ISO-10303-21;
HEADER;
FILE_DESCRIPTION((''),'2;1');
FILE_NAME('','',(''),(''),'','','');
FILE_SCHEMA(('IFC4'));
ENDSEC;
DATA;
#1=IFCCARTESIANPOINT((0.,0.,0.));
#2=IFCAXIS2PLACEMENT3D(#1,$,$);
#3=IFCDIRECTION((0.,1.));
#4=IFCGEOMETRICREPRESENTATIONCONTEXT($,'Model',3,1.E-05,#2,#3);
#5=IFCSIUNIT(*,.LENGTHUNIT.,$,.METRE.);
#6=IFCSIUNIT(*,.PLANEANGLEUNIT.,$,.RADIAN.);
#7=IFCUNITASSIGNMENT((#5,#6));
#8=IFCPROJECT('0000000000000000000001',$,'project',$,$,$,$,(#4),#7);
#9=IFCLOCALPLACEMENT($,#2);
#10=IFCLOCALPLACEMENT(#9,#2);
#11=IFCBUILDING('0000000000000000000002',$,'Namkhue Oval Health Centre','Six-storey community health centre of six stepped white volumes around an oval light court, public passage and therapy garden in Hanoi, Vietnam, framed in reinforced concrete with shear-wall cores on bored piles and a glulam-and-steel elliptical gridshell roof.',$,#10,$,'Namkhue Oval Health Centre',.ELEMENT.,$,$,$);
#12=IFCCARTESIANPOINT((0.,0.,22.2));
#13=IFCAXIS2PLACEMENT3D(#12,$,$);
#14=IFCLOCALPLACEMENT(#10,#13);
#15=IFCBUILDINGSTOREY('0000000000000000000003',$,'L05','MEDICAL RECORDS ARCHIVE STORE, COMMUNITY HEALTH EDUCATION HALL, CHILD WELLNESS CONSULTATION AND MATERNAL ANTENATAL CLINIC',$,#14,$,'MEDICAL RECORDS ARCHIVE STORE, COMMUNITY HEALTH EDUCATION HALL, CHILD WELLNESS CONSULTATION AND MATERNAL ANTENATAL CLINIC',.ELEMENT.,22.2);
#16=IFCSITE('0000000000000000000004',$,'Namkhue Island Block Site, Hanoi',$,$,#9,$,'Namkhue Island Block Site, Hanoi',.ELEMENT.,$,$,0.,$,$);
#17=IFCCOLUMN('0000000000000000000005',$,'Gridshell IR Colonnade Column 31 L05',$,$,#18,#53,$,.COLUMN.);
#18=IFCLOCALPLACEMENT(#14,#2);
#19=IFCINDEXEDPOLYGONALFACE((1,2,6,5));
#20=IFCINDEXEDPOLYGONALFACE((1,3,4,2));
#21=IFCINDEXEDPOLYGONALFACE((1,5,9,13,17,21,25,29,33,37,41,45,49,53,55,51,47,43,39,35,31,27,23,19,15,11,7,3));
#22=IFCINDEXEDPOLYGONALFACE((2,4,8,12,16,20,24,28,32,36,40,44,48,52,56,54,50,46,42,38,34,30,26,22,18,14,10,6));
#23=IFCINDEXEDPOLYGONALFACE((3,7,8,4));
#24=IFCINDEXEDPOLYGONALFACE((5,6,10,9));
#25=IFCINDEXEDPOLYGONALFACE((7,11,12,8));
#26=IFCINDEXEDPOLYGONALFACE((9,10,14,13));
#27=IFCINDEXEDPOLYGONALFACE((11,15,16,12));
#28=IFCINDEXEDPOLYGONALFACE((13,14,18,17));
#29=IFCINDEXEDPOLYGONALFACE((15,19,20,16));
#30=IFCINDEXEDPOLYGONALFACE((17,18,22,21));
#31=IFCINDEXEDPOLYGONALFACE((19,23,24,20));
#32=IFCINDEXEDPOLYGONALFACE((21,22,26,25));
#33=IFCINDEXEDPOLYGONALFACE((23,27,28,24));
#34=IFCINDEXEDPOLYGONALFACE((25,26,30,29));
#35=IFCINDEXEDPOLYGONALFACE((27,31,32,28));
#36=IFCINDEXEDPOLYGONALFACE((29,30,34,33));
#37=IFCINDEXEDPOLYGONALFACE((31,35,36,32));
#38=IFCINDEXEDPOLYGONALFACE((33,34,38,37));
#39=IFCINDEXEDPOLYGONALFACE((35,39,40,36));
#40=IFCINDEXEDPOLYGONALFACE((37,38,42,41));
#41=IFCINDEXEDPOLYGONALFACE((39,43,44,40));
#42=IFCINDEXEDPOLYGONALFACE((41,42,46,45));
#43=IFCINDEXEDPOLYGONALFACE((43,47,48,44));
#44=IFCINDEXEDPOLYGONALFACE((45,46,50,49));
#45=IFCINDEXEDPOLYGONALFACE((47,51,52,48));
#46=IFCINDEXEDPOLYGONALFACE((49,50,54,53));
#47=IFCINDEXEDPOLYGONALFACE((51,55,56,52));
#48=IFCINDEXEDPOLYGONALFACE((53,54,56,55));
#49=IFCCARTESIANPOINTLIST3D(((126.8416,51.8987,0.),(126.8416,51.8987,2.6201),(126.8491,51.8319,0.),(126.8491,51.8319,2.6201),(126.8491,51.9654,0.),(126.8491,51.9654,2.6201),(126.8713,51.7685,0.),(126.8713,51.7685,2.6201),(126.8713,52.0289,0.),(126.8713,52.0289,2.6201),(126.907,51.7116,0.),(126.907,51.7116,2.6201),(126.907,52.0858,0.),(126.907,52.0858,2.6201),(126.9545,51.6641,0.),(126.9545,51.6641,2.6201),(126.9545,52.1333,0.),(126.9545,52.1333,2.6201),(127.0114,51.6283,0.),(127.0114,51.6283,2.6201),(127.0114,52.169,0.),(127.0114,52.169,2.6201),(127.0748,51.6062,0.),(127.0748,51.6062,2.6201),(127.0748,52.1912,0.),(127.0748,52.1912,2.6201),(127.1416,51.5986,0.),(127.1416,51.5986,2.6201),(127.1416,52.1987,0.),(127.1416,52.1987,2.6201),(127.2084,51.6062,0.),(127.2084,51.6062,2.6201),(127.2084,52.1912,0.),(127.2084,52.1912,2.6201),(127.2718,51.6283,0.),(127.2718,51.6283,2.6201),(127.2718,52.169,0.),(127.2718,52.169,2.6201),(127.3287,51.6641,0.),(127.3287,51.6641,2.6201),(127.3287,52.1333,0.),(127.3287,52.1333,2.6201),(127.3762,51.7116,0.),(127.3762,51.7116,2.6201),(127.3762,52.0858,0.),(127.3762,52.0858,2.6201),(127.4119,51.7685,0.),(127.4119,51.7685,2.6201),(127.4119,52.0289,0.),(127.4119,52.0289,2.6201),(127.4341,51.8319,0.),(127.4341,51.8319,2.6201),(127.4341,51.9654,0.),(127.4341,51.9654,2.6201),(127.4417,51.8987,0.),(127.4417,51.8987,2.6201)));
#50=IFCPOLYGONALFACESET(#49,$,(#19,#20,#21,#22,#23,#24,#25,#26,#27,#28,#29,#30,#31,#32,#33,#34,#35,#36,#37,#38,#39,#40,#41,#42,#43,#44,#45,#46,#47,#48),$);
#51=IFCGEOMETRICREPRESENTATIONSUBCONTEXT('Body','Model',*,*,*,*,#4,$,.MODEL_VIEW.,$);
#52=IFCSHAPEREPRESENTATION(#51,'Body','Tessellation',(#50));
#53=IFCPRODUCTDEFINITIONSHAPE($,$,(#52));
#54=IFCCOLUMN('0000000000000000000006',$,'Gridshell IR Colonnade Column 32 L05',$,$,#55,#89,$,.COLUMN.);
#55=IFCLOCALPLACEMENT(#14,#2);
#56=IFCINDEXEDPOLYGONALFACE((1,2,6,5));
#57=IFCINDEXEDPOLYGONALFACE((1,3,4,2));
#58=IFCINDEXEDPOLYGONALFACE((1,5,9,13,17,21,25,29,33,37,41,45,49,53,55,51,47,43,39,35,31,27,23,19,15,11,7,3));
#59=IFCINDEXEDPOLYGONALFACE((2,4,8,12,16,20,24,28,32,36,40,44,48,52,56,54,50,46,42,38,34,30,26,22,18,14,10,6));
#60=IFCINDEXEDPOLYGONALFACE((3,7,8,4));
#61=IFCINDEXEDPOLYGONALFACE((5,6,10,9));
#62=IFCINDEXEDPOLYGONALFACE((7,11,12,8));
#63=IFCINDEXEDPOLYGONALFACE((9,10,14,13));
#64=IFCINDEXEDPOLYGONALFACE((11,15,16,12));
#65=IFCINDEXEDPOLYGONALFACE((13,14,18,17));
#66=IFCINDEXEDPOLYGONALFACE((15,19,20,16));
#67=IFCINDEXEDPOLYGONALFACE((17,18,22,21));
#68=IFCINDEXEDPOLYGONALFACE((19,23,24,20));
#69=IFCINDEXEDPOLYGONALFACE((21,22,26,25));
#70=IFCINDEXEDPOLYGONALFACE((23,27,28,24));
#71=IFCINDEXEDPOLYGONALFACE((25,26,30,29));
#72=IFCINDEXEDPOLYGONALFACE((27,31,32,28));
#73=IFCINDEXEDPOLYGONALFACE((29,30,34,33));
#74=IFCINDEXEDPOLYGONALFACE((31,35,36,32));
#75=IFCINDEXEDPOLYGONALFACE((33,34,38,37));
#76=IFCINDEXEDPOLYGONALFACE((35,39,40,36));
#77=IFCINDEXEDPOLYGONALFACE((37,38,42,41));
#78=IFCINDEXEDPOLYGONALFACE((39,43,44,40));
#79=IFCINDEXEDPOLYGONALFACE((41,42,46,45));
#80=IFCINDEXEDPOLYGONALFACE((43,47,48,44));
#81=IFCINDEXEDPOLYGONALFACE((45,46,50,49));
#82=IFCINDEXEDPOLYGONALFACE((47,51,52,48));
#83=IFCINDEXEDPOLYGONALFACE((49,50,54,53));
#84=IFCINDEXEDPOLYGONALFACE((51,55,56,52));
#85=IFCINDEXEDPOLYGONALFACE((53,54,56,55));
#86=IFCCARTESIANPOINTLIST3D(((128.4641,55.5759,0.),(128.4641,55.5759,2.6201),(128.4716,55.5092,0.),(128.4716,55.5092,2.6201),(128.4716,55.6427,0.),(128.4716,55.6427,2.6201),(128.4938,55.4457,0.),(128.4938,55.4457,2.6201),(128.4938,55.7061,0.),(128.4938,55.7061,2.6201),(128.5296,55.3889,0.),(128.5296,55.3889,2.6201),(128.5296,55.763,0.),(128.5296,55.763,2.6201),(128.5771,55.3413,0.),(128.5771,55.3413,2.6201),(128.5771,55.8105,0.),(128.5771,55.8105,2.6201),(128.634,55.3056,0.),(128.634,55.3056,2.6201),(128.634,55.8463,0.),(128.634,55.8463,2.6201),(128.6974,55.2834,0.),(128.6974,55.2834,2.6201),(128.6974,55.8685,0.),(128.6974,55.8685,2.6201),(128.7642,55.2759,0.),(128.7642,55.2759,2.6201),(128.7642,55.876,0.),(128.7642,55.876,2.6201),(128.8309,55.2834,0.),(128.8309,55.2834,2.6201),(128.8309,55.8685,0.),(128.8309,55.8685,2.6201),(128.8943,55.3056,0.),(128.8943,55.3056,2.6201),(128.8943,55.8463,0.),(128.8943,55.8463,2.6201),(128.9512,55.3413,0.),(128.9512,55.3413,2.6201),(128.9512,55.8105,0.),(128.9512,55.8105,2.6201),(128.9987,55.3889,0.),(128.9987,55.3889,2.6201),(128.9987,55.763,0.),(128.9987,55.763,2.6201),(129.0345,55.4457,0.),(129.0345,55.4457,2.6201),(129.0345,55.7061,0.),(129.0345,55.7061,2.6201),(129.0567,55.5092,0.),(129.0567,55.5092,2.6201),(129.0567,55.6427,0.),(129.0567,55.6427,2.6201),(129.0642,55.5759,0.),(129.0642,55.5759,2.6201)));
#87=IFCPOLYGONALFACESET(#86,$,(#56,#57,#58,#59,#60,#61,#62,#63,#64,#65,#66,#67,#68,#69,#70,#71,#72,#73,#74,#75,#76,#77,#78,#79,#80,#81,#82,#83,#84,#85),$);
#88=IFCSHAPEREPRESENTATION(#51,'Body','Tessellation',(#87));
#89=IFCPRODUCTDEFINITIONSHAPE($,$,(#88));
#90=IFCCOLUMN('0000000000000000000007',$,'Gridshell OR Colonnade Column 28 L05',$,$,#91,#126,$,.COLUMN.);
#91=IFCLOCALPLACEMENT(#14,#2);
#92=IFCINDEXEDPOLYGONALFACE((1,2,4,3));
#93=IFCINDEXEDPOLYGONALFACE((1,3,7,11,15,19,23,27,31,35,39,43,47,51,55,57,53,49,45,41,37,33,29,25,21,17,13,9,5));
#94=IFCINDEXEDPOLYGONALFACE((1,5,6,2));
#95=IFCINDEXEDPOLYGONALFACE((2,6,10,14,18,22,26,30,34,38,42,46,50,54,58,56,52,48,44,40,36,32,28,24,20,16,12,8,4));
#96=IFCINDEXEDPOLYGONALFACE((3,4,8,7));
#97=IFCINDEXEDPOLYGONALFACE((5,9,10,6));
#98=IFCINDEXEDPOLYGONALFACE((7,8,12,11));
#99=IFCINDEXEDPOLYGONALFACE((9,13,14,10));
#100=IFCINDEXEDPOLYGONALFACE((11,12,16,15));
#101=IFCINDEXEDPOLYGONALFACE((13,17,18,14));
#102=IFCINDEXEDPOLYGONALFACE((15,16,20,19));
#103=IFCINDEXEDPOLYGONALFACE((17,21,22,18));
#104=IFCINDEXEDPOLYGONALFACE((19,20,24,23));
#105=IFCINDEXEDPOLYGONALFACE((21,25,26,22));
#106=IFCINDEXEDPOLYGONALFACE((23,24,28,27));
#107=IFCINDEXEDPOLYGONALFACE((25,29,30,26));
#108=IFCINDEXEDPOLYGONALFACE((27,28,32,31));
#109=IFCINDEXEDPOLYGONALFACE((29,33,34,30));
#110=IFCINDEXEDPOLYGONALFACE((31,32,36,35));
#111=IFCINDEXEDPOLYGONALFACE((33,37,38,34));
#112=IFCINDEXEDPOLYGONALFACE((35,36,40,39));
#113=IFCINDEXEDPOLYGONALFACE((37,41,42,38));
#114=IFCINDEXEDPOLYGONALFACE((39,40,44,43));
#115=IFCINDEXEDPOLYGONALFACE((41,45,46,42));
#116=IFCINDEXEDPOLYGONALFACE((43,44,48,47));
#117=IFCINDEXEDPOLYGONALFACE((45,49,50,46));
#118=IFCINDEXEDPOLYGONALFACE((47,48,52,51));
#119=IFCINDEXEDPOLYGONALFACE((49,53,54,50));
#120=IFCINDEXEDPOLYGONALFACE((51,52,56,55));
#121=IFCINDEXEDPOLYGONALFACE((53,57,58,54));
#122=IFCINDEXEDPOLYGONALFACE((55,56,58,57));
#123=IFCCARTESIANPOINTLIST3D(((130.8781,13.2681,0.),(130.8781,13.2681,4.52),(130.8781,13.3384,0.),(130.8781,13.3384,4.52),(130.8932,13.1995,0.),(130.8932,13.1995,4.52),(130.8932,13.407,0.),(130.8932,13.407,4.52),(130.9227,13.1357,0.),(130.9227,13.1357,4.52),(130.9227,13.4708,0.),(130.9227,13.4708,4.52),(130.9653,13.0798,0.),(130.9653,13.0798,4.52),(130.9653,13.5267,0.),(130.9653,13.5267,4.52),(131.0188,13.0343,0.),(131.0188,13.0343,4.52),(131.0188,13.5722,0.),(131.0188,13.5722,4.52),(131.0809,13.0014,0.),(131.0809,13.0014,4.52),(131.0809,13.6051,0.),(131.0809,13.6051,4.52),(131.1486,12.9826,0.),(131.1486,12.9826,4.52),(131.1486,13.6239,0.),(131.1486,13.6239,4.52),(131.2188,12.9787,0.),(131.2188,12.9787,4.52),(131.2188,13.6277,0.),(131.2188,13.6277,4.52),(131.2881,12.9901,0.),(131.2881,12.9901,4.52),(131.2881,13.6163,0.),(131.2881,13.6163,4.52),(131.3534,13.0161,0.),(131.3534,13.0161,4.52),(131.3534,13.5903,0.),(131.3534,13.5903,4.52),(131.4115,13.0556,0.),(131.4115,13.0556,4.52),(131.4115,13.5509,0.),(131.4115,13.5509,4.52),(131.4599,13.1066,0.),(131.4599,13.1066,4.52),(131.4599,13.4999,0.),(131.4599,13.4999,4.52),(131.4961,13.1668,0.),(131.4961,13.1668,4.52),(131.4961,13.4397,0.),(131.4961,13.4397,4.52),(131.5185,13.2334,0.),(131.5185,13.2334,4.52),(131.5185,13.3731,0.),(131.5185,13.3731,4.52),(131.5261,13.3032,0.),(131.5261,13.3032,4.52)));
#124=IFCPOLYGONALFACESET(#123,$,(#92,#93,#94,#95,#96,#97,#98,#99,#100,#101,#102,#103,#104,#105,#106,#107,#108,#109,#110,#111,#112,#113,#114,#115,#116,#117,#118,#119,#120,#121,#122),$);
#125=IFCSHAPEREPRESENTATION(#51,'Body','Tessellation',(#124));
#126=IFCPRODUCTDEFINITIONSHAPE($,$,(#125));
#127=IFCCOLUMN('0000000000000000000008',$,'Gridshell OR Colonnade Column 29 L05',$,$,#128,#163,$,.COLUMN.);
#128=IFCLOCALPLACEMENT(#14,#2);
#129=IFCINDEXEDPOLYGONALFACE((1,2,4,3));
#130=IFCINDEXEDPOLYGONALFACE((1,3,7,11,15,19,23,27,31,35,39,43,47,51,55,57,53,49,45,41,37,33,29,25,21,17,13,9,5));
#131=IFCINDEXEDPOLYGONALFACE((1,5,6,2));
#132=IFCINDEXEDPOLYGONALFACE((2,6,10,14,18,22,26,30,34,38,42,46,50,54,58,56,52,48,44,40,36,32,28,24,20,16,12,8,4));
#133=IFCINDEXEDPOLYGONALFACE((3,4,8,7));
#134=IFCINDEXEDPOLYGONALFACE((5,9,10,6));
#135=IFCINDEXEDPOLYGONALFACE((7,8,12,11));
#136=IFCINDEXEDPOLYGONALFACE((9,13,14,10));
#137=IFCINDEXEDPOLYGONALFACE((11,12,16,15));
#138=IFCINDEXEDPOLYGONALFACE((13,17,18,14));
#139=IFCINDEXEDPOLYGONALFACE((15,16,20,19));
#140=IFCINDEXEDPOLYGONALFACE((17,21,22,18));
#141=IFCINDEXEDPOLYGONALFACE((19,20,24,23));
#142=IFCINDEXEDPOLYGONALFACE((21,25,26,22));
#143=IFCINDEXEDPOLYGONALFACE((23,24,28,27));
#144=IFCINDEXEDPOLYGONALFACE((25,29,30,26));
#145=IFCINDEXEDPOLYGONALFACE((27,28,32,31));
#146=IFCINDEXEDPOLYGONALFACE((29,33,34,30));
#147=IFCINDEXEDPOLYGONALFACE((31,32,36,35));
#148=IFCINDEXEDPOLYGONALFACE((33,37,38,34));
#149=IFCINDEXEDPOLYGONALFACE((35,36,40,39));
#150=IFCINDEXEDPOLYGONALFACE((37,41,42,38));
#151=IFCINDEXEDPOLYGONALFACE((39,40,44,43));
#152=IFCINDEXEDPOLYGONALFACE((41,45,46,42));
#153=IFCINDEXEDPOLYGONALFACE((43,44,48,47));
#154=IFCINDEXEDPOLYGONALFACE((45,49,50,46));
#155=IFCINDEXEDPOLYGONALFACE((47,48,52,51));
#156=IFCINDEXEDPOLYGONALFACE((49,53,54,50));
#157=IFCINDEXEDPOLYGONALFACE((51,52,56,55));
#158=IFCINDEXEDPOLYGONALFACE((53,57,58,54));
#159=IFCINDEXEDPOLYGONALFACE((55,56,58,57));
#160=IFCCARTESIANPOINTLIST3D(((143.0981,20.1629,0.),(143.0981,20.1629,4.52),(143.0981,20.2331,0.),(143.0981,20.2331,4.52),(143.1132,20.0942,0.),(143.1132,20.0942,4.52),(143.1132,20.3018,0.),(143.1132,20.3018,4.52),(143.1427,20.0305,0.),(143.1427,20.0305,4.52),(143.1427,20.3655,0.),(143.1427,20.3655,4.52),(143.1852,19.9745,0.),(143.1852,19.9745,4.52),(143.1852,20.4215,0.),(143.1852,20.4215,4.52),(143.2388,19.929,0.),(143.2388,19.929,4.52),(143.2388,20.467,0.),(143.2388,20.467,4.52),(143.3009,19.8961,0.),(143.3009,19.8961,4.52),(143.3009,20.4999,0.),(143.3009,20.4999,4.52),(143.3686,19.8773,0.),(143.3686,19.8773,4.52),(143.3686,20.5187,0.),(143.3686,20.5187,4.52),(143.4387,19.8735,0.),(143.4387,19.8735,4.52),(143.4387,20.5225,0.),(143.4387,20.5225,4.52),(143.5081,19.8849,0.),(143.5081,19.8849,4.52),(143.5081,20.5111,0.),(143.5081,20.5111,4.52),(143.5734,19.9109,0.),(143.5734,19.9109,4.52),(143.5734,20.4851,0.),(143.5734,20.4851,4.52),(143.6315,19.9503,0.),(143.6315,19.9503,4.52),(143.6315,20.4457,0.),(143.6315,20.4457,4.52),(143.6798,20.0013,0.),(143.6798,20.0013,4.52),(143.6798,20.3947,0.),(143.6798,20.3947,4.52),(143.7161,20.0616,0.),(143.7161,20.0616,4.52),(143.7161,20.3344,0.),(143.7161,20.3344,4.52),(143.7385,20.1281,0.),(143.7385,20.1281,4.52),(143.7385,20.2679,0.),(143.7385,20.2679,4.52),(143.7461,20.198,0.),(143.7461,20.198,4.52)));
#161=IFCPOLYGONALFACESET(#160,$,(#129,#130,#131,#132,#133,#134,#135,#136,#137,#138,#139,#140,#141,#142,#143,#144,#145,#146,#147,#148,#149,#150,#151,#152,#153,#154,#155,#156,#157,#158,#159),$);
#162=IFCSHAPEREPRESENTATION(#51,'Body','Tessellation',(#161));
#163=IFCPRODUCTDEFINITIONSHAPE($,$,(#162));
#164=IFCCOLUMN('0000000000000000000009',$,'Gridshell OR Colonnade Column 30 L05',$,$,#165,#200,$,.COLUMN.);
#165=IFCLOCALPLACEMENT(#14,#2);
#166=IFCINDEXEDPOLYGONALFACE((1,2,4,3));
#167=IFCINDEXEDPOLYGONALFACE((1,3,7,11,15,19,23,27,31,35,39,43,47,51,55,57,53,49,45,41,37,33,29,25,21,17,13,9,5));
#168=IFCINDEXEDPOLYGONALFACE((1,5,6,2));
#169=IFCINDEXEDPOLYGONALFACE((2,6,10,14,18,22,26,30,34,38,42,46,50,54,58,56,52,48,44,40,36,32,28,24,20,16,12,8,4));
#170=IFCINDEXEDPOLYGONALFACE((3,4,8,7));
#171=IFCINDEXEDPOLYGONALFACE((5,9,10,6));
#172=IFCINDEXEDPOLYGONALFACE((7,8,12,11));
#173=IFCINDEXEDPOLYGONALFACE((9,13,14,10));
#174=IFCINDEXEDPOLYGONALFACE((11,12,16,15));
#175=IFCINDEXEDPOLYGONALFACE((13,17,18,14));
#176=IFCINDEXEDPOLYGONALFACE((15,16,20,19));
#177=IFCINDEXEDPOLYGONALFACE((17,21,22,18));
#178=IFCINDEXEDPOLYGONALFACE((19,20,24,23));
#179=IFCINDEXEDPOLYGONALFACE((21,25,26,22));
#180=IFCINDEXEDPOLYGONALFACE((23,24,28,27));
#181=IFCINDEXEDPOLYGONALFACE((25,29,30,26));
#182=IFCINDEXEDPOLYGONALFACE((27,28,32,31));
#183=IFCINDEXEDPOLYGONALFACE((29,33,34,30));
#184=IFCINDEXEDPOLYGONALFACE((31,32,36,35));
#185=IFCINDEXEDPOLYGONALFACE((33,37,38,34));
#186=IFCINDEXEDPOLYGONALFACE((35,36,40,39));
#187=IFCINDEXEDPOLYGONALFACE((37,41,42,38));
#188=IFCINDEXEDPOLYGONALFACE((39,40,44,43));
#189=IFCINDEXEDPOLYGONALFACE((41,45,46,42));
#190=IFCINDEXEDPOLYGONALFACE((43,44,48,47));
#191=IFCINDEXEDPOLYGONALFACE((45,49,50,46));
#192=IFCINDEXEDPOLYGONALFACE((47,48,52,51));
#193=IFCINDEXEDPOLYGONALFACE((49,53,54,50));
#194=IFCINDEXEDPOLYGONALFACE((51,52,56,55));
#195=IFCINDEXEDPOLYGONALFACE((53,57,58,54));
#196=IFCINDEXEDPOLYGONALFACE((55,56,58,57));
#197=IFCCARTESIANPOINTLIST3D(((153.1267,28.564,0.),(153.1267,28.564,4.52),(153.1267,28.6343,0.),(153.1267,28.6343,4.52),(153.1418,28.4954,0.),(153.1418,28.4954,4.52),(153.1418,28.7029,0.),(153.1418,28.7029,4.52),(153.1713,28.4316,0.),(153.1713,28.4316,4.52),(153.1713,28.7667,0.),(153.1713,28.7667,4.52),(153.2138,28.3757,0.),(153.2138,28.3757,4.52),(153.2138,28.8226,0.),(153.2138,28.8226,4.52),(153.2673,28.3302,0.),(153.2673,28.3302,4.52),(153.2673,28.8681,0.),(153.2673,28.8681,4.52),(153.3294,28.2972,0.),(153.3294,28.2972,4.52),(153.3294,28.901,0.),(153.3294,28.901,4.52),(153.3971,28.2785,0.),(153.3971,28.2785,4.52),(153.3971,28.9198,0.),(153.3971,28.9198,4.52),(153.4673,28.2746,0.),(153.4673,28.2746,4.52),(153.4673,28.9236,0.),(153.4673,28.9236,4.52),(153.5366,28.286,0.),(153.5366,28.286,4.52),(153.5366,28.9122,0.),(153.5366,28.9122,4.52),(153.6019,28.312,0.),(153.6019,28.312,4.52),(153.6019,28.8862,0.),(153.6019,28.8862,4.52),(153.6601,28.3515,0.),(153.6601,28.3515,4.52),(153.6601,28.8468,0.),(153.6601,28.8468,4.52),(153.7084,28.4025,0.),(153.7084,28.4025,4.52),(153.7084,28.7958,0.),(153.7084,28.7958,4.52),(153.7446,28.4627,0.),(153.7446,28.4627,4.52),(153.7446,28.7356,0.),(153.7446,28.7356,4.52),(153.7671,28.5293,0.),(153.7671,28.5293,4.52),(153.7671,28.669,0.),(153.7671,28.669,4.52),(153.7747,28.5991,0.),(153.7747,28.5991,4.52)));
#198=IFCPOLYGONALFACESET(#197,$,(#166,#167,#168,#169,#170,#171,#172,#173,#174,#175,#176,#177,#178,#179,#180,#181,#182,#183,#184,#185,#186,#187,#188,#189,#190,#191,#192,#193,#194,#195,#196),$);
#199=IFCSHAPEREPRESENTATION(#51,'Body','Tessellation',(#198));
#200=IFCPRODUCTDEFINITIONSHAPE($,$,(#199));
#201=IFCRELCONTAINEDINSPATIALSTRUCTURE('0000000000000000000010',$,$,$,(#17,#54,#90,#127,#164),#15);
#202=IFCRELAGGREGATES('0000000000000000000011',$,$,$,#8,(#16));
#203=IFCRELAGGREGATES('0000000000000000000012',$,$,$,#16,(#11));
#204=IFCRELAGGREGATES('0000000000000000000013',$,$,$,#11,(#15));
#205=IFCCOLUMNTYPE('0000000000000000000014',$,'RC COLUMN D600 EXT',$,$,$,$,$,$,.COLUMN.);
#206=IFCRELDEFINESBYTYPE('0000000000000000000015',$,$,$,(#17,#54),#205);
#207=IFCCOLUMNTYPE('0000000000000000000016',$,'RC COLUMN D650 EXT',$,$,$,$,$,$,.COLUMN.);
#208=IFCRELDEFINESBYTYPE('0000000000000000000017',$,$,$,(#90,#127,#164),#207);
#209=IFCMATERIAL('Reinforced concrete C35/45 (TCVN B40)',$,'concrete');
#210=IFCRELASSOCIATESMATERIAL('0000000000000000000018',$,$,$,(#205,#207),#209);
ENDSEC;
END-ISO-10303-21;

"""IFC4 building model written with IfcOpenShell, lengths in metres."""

from ifc_helpers import new_model, si_unit, direction, frame, origin, origin_2d, place, context, subcontext, project, spatial, circle, extrude, material, material_profile, profile_set, type_object, element, save


model = new_model("IFC4")

# Units and contexts
model_context = context("Model", 3, precision=1e-05, world=origin(), true_north=direction((0.0, 1.0)))
body_context = subcontext(model_context, "Body", "Model", "MODEL_VIEW")
ifc_project = project(units=[si_unit("LENGTHUNIT", "METRE"), si_unit("PLANEANGLEUNIT", "RADIAN")], contexts=[model_context])

# Site, building, storey
site_placement = place(None, origin())
site = spatial("IfcSite", under=ifc_project, at=site_placement, Name="Namkhue Island Block Site, Hanoi", LongName="Namkhue Island Block Site, Hanoi", CompositionType="ELEMENT", RefElevation=0.0)
building_placement = place(site_placement, origin())
building = spatial("IfcBuilding", under=site, at=building_placement, Name="Namkhue Oval Health Centre", Description="Six-storey community health centre of six stepped white volumes around an oval light court, public passage and therapy garden in Hanoi, Vietnam, framed in reinforced concrete with shear-wall cores on bored piles and a glulam-and-steel elliptical gridshell roof.", LongName="Namkhue Oval Health Centre", CompositionType="ELEMENT")
storey_placement = place(building_placement, frame((0.0, 0.0, 22.2)))
storey = spatial("IfcBuildingStorey", under=building, at=storey_placement, Name="L05", Description="MEDICAL RECORDS ARCHIVE STORE, COMMUNITY HEALTH EDUCATION HALL, CHILD WELLNESS CONSULTATION AND MATERNAL ANTENATAL CLINIC", LongName="MEDICAL RECORDS ARCHIVE STORE, COMMUNITY HEALTH EDUCATION HALL, CHILD WELLNESS CONSULTATION AND MATERNAL ANTENATAL CLINIC", CompositionType="ELEMENT", Elevation=22.2)

# Columns
ifc_material_1 = material(Name="Reinforced concrete C35/45 (TCVN B40)", Category="concrete")
ifc_material_profile_1 = material_profile(ifc_material_1, circle(Radius=0.3, at=origin_2d()), Name="RC D600")
ifc_profile_set_1 = profile_set([ifc_material_profile_1], Name="Reinforced concrete C35/45 (TCVN B40)")
column_type_1 = type_object("IfcColumnType", Name="RC COLUMN D600 EXT", PredefinedType="COLUMN", material=ifc_profile_set_1)
for number, where, z_axis, x_axis, name in (
    (1, (127.1416, 51.8987, 0.0), (0.0, 0.0, 1.0), (1.0, 0.0, 0.0), "Gridshell IR Colonnade Column 31 L05"),
    (2, (128.7642, 55.5759, 0.0), (0.0, 0.0, 1.0), (1.0, 0.0, 0.0), "Gridshell IR Colonnade Column 32 L05"),
):
    element("IfcColumn", number, at=place(storey_placement, frame(where, z_axis=z_axis, x_axis=x_axis)), inside=storey, type_object=column_type_1, Name=name, PredefinedType="COLUMN", context=body_context, shape_type="SweptSolid", body=[
        extrude(circle(Radius=0.3, at=origin_2d()), origin(), (0.0, 0.0, 1.0), 2.6201),
    ])
ifc_material_profile_2 = material_profile(ifc_material_1, circle(Radius=0.325, at=origin_2d()), Name="RC D650")
ifc_profile_set_2 = profile_set([ifc_material_profile_2], Name="Reinforced concrete C35/45 (TCVN B40)")
column_type_2 = type_object("IfcColumnType", Name="RC COLUMN D650 EXT", PredefinedType="COLUMN", material=ifc_profile_set_2)
for number, where, z_axis, x_axis, name in (
    (3, (131.2012, 13.3032, 0.0), (0.0, 0.0, 1.0), (1.0, 0.0, 0.0), "Gridshell OR Colonnade Column 28 L05"),
    (4, (143.4211, 20.198, 0.0), (0.0, 0.0, 1.0), (1.0, 0.0, 0.0), "Gridshell OR Colonnade Column 29 L05"),
    (5, (153.4497, 28.5991, 0.0), (0.0, 0.0, 1.0), (1.0, 0.0, 0.0), "Gridshell OR Colonnade Column 30 L05"),
):
    element("IfcColumn", number, at=place(storey_placement, frame(where, z_axis=z_axis, x_axis=x_axis)), inside=storey, type_object=column_type_2, Name=name, PredefinedType="COLUMN", context=body_context, shape_type="SweptSolid", body=[
        extrude(circle(Radius=0.325, at=origin_2d()), origin(), (0.0, 0.0, 1.0), 4.52),
    ])

save(model, "model.ifc")
